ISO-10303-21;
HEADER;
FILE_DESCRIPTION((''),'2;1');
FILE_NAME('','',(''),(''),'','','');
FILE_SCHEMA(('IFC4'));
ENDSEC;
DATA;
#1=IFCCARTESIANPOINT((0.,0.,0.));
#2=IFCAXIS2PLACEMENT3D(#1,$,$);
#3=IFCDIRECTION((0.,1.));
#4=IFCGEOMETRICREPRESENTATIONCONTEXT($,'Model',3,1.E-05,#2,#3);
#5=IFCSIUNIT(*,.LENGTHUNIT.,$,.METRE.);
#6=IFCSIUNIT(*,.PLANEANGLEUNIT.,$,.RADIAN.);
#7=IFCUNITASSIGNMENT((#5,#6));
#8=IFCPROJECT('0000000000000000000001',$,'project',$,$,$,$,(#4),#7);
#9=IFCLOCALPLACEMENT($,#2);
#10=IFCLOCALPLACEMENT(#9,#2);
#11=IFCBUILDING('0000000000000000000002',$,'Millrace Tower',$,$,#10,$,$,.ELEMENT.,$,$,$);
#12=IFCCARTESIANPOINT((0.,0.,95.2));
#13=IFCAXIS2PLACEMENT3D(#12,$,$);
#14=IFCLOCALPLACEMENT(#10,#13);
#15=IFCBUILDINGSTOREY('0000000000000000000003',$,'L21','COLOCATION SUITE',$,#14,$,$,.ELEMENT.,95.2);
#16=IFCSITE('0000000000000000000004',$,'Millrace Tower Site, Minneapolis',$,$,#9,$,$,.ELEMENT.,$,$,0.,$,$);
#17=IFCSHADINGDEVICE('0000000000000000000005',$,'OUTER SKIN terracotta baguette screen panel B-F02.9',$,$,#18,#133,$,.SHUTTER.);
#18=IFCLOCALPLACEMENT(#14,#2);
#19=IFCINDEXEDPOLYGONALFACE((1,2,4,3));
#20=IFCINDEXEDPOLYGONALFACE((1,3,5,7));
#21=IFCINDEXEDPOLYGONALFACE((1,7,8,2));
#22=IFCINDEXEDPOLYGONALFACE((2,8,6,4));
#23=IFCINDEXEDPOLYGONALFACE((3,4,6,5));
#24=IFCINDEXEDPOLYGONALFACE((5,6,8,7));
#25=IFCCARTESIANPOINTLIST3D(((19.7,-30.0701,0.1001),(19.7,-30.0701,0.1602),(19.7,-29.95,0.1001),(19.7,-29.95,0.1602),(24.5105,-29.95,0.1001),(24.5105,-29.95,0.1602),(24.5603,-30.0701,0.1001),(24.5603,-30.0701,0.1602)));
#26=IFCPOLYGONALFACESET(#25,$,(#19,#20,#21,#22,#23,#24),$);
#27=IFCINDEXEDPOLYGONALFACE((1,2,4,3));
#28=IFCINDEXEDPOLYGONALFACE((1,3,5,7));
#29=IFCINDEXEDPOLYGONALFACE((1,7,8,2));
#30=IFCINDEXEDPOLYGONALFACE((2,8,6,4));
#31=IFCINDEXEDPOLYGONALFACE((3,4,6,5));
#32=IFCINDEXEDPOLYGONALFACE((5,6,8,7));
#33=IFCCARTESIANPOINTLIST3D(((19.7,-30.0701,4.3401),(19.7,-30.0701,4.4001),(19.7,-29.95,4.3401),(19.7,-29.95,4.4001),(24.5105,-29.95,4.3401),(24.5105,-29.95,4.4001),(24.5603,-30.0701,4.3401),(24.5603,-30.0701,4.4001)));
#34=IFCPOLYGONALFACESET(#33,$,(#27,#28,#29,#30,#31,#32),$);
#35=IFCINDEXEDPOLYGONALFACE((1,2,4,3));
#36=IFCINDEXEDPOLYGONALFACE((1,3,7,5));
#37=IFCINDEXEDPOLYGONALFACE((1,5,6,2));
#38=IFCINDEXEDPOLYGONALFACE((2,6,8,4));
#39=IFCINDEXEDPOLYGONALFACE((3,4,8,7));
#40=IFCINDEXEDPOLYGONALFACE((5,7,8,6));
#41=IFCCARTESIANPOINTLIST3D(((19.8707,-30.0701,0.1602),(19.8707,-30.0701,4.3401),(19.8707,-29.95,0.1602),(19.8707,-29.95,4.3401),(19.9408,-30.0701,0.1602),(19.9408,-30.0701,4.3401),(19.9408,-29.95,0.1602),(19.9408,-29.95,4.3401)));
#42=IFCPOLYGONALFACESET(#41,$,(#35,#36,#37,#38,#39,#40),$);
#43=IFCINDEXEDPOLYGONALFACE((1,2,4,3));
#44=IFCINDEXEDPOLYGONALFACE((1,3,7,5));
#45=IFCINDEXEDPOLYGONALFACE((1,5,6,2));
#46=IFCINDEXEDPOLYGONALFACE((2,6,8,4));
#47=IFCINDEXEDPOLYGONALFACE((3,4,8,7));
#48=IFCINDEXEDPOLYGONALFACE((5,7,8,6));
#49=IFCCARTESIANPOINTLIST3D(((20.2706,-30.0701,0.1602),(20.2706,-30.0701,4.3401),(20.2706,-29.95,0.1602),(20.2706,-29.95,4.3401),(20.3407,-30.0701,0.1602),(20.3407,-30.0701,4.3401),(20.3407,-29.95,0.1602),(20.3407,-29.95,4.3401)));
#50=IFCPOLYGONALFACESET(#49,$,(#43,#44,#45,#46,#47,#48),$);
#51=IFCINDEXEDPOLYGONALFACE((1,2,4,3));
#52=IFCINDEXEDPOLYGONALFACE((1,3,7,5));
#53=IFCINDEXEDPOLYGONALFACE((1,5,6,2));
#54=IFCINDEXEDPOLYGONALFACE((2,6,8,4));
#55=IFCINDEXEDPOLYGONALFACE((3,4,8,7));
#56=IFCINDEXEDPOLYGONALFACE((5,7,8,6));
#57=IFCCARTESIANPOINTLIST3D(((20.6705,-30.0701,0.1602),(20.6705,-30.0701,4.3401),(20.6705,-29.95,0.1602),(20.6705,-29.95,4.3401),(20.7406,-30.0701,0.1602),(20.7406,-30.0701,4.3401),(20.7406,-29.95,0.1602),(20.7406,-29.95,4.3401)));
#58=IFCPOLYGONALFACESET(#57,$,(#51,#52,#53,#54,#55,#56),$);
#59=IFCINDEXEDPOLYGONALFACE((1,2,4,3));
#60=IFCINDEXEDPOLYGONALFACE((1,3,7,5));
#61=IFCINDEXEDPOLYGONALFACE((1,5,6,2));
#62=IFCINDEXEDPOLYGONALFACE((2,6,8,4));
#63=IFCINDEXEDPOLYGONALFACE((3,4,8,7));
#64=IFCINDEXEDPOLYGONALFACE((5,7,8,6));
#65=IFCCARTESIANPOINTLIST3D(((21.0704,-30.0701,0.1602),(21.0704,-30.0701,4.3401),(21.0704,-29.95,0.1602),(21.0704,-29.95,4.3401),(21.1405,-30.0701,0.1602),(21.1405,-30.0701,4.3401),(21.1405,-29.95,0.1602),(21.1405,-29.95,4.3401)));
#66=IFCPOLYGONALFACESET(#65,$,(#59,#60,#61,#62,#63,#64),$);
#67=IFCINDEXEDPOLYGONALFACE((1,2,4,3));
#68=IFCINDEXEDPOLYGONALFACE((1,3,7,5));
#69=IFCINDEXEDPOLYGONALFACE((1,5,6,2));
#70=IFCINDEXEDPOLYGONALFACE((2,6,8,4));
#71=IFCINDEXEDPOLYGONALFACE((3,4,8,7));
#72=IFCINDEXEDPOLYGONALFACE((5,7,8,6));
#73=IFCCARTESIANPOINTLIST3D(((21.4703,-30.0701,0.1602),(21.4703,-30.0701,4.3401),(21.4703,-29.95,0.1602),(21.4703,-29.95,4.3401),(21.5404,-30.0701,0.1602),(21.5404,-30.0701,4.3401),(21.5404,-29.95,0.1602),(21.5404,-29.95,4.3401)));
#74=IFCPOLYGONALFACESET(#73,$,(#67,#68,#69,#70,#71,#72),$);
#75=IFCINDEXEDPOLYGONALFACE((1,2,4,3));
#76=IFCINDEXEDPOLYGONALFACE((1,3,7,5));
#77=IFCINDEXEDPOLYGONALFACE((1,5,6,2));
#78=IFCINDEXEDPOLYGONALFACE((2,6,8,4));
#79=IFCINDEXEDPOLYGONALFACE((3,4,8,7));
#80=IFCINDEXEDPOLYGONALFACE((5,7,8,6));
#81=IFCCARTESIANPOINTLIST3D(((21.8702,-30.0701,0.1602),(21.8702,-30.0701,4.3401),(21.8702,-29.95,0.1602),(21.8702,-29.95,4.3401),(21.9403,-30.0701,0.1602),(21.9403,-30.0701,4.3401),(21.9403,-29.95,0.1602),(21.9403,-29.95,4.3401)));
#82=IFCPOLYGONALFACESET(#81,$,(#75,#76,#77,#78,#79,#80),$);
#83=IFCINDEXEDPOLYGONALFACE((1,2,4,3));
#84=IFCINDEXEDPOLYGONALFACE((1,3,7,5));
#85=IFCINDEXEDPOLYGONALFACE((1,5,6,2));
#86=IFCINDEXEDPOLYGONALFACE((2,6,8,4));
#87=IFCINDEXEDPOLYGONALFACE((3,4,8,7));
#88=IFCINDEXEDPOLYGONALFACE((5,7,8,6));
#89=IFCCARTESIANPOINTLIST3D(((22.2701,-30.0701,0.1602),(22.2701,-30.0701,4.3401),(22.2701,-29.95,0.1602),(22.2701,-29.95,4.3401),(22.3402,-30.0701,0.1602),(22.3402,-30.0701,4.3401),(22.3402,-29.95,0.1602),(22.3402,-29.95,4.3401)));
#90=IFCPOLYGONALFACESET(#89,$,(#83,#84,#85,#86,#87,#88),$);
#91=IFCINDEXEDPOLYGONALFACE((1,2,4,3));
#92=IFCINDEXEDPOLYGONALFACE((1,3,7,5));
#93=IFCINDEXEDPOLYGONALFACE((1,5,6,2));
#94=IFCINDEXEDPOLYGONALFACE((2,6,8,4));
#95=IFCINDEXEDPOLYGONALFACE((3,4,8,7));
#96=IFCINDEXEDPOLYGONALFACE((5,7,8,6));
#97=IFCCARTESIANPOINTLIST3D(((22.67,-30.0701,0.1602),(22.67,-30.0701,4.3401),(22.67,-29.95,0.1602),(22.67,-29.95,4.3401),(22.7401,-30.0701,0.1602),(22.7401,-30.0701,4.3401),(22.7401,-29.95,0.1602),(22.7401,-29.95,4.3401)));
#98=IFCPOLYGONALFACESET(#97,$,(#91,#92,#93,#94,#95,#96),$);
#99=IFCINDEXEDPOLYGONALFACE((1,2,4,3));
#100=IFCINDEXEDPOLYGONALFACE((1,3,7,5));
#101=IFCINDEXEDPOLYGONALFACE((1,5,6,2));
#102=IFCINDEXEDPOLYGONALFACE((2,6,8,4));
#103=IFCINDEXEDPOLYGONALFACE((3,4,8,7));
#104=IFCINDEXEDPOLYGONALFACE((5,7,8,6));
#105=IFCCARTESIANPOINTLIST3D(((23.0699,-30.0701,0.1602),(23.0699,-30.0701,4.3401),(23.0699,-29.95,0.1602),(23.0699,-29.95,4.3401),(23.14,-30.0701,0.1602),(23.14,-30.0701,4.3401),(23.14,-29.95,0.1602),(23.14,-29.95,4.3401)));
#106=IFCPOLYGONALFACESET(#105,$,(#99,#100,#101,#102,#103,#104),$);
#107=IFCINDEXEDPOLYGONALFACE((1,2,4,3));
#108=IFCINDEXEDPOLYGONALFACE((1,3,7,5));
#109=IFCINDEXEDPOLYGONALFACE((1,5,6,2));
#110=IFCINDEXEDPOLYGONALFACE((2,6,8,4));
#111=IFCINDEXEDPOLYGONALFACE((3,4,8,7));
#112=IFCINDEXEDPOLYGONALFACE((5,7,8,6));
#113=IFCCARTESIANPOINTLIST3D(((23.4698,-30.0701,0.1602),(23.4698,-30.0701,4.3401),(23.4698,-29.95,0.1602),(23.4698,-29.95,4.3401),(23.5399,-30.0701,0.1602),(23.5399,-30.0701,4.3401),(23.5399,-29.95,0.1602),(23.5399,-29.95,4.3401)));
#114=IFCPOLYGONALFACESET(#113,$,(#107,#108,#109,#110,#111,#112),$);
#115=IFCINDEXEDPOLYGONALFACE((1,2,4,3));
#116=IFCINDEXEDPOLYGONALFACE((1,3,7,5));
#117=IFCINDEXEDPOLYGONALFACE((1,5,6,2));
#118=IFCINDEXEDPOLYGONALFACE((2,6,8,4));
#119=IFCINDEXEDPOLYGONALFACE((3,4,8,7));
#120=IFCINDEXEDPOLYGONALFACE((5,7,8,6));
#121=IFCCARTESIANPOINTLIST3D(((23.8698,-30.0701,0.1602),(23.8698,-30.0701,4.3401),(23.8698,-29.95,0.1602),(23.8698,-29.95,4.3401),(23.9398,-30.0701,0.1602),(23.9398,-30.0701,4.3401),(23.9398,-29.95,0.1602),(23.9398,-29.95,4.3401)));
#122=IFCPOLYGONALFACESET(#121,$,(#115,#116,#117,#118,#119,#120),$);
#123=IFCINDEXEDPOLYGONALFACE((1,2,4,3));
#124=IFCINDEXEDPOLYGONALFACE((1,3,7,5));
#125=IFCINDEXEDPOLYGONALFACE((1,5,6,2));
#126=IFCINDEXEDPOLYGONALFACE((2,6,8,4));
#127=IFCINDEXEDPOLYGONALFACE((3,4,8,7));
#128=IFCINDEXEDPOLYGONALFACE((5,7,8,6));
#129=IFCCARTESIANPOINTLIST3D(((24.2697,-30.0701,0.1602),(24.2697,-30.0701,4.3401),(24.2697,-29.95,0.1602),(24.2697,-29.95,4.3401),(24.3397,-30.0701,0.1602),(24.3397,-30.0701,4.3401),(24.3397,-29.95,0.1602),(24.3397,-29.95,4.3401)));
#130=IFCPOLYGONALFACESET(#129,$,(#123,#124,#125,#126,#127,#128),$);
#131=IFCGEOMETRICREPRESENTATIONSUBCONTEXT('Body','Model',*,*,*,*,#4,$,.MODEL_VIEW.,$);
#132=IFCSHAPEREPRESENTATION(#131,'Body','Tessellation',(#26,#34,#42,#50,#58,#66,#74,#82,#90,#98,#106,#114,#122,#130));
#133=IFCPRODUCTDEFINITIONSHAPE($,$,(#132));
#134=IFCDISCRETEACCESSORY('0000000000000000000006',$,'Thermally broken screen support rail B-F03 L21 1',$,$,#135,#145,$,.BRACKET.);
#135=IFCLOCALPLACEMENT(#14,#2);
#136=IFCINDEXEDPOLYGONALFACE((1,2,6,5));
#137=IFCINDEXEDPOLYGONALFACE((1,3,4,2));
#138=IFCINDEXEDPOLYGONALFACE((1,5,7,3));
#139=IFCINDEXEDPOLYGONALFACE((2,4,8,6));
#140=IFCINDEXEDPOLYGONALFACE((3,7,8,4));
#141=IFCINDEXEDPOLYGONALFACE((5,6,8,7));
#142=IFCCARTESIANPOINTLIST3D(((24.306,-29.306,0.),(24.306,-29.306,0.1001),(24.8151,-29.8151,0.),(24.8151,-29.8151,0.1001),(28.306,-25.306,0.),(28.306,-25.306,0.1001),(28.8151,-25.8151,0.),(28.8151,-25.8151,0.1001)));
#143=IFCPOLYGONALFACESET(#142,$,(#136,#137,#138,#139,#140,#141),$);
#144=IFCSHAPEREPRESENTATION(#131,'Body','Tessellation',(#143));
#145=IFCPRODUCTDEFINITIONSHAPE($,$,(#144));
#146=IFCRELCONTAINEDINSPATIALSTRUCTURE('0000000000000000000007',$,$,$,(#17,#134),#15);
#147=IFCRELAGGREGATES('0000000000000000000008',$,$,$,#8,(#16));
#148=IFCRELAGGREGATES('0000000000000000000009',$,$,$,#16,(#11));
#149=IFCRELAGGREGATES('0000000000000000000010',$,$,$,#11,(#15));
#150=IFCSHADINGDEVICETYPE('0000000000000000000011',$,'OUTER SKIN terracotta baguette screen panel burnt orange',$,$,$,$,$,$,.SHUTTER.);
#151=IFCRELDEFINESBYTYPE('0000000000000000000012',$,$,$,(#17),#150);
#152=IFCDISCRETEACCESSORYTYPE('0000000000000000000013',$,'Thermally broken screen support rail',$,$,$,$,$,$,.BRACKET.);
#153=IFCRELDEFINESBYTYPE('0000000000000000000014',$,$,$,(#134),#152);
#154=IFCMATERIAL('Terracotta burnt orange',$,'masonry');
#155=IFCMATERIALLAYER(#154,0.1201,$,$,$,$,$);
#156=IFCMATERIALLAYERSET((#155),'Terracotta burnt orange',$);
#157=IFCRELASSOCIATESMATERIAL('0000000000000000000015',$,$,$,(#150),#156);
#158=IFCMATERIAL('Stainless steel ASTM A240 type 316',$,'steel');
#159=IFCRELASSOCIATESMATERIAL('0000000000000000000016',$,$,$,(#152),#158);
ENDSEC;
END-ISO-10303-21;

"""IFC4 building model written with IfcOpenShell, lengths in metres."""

from ifc_helpers import new_model, entity, si_unit, direction, frame, frame_2d, origin, origin_2d, place, context, subcontext, project, spatial, rectangle, extrude, source, transform, mapped, material, layer, layer_set, type_object, element, save


model = new_model("IFC4")

# Units and contexts
model_context = context("Model", 3, precision=1e-05, world=origin(), true_north=direction((0.0, 1.0)))
body_context = subcontext(model_context, "Body", "Model", "MODEL_VIEW")
ifc_project = project(units=[si_unit("LENGTHUNIT", "METRE"), si_unit("PLANEANGLEUNIT", "RADIAN")], contexts=[model_context])

# Site, building, storey
site_placement = place(None, origin())
site = spatial("IfcSite", under=ifc_project, at=site_placement, Name="Millrace Tower Site, Minneapolis", CompositionType="ELEMENT", RefElevation=0.0)
building_placement = place(site_placement, origin())
building = spatial("IfcBuilding", under=site, at=building_placement, Name="Millrace Tower", CompositionType="ELEMENT")
storey_placement = place(building_placement, frame((0.0, 0.0, 95.2)))
storey = spatial("IfcBuildingStorey", under=building, at=storey_placement, Name="L21", Description="COLOCATION SUITE", CompositionType="ELEMENT", Elevation=95.2)

# Shading device
ifc_material_1 = material(Name="Terracotta burnt orange", Category="masonry")
ifc_layer_1 = layer(ifc_material_1, 0.1201)
ifc_layer_set_1 = layer_set([ifc_layer_1], Name="Terracotta burnt orange")
shading_device_type = type_object("IfcShadingDeviceType", Name="OUTER SKIN terracotta baguette screen panel burnt orange", PredefinedType="SHUTTER", material=ifc_layer_set_1)
cartesian_point_1 = entity("IfcCartesianPoint", [-2.4177, 0.0601])
shared_polyline_1 = entity("IfcPolyline", [cartesian_point_1, entity("IfcCartesianPoint", [2.3928, 0.0601]), entity("IfcCartesianPoint", [2.4426, -0.0601]), entity("IfcCartesianPoint", [-2.4177, -0.0601]), cartesian_point_1])
shared_shape_1 = source(origin(), body_context, "Body", "SweptSolid", [
    entity("IfcExtrudedAreaSolid", entity("IfcArbitraryClosedProfileDef", "AREA", None, shared_polyline_1), entity("IfcAxis2Placement3D", entity("IfcCartesianPoint", [0.0, 0.0, 0.0])), entity("IfcDirection", [0.0, 0.0, 1.0]), 0.0601),
    entity("IfcExtrudedAreaSolid", entity("IfcArbitraryClosedProfileDef", "AREA", None, shared_polyline_1), entity("IfcAxis2Placement3D", entity("IfcCartesianPoint", [0.0, 0.0, 4.24])), entity("IfcDirection", [0.0, 0.0, 1.0]), 0.0601),
    extrude(rectangle(XDim=0.0701, YDim=0.1201, at=frame_2d((-2.2119, 0.0))), frame((0.0, 0.0, 0.0601)), (0.0, 0.0, 1.0), 4.1799),
    extrude(rectangle(XDim=0.0701, YDim=0.1201, at=frame_2d((-1.812, 0.0))), frame((0.0, 0.0, 0.0601)), (0.0, 0.0, 1.0), 4.1799),
    extrude(rectangle(XDim=0.0701, YDim=0.1201, at=frame_2d((-1.4121, 0.0))), frame((0.0, 0.0, 0.0601)), (0.0, 0.0, 1.0), 4.1799),
    extrude(rectangle(XDim=0.0701, YDim=0.1201, at=frame_2d((-1.0122, 0.0))), frame((0.0, 0.0, 0.0601)), (0.0, 0.0, 1.0), 4.1799),
    extrude(rectangle(XDim=0.0701, YDim=0.1201, at=frame_2d((-0.6123, 0.0))), frame((0.0, 0.0, 0.0601)), (0.0, 0.0, 1.0), 4.1799),
    extrude(rectangle(XDim=0.0701, YDim=0.1201, at=frame_2d((-0.2124, 0.0))), frame((0.0, 0.0, 0.0601)), (0.0, 0.0, 1.0), 4.1799),
    extrude(rectangle(XDim=0.0701, YDim=0.1201, at=frame_2d((0.1875, 0.0))), frame((0.0, 0.0, 0.0601)), (0.0, 0.0, 1.0), 4.1799),
    extrude(rectangle(XDim=0.0701, YDim=0.1201, at=frame_2d((0.5874, 0.0))), frame((0.0, 0.0, 0.0601)), (0.0, 0.0, 1.0), 4.1799),
    extrude(rectangle(XDim=0.0701, YDim=0.1201, at=frame_2d((0.9873, 0.0))), frame((0.0, 0.0, 0.0601)), (0.0, 0.0, 1.0), 4.1799),
    extrude(rectangle(XDim=0.0701, YDim=0.1201, at=frame_2d((1.3872, 0.0))), frame((0.0, 0.0, 0.0601)), (0.0, 0.0, 1.0), 4.1799),
    extrude(rectangle(XDim=0.0701, YDim=0.1201, at=frame_2d((1.7871, 0.0))), frame((0.0, 0.0, 0.0601)), (0.0, 0.0, 1.0), 4.1799),
    extrude(rectangle(XDim=0.0701, YDim=0.1201, at=frame_2d((2.187, 0.0))), frame((0.0, 0.0, 0.0601)), (0.0, 0.0, 1.0), 4.1799),
])
shading_device_1_placement = place(storey_placement, frame((22.1177, -30.01, 0.1001), z_axis=(0.0, 0.0, 1.0), x_axis=(1.0, 0.0, 0.0)))
element("IfcShadingDevice", 1, at=shading_device_1_placement, inside=storey, type_object=shading_device_type, Name="OUTER SKIN terracotta baguette screen panel B-F02.9", PredefinedType="SHUTTER", context=body_context, shape_type="MappedRepresentation", body=[
    mapped(shared_shape_1, transform((0.0, 0.0, 0.0), scale=1.0)),
])

# Discrete accessory
ifc_material_2 = material(Name="Stainless steel ASTM A240 type 316", Category="steel")
discrete_accessory_type = type_object("IfcDiscreteAccessoryType", Name="Thermally broken screen support rail", PredefinedType="BRACKET", material=ifc_material_2)
discrete_accessory_placement = place(storey_placement, frame((26.5605, -27.5605, 0.0), z_axis=(0.0, 0.0, 1.0), x_axis=(0.707107, 0.707107, 0.0)))
element("IfcDiscreteAccessory", 2, at=discrete_accessory_placement, inside=storey, type_object=discrete_accessory_type, Name="Thermally broken screen support rail B-F03 L21 1", PredefinedType="BRACKET", context=body_context, shape_type="SweptSolid", body=[
    extrude(rectangle(XDim=5.6567, YDim=0.72, at=origin_2d()), origin(), (0.0, 0.0, 1.0), 0.1001),
])

save(model, "model.ifc")
